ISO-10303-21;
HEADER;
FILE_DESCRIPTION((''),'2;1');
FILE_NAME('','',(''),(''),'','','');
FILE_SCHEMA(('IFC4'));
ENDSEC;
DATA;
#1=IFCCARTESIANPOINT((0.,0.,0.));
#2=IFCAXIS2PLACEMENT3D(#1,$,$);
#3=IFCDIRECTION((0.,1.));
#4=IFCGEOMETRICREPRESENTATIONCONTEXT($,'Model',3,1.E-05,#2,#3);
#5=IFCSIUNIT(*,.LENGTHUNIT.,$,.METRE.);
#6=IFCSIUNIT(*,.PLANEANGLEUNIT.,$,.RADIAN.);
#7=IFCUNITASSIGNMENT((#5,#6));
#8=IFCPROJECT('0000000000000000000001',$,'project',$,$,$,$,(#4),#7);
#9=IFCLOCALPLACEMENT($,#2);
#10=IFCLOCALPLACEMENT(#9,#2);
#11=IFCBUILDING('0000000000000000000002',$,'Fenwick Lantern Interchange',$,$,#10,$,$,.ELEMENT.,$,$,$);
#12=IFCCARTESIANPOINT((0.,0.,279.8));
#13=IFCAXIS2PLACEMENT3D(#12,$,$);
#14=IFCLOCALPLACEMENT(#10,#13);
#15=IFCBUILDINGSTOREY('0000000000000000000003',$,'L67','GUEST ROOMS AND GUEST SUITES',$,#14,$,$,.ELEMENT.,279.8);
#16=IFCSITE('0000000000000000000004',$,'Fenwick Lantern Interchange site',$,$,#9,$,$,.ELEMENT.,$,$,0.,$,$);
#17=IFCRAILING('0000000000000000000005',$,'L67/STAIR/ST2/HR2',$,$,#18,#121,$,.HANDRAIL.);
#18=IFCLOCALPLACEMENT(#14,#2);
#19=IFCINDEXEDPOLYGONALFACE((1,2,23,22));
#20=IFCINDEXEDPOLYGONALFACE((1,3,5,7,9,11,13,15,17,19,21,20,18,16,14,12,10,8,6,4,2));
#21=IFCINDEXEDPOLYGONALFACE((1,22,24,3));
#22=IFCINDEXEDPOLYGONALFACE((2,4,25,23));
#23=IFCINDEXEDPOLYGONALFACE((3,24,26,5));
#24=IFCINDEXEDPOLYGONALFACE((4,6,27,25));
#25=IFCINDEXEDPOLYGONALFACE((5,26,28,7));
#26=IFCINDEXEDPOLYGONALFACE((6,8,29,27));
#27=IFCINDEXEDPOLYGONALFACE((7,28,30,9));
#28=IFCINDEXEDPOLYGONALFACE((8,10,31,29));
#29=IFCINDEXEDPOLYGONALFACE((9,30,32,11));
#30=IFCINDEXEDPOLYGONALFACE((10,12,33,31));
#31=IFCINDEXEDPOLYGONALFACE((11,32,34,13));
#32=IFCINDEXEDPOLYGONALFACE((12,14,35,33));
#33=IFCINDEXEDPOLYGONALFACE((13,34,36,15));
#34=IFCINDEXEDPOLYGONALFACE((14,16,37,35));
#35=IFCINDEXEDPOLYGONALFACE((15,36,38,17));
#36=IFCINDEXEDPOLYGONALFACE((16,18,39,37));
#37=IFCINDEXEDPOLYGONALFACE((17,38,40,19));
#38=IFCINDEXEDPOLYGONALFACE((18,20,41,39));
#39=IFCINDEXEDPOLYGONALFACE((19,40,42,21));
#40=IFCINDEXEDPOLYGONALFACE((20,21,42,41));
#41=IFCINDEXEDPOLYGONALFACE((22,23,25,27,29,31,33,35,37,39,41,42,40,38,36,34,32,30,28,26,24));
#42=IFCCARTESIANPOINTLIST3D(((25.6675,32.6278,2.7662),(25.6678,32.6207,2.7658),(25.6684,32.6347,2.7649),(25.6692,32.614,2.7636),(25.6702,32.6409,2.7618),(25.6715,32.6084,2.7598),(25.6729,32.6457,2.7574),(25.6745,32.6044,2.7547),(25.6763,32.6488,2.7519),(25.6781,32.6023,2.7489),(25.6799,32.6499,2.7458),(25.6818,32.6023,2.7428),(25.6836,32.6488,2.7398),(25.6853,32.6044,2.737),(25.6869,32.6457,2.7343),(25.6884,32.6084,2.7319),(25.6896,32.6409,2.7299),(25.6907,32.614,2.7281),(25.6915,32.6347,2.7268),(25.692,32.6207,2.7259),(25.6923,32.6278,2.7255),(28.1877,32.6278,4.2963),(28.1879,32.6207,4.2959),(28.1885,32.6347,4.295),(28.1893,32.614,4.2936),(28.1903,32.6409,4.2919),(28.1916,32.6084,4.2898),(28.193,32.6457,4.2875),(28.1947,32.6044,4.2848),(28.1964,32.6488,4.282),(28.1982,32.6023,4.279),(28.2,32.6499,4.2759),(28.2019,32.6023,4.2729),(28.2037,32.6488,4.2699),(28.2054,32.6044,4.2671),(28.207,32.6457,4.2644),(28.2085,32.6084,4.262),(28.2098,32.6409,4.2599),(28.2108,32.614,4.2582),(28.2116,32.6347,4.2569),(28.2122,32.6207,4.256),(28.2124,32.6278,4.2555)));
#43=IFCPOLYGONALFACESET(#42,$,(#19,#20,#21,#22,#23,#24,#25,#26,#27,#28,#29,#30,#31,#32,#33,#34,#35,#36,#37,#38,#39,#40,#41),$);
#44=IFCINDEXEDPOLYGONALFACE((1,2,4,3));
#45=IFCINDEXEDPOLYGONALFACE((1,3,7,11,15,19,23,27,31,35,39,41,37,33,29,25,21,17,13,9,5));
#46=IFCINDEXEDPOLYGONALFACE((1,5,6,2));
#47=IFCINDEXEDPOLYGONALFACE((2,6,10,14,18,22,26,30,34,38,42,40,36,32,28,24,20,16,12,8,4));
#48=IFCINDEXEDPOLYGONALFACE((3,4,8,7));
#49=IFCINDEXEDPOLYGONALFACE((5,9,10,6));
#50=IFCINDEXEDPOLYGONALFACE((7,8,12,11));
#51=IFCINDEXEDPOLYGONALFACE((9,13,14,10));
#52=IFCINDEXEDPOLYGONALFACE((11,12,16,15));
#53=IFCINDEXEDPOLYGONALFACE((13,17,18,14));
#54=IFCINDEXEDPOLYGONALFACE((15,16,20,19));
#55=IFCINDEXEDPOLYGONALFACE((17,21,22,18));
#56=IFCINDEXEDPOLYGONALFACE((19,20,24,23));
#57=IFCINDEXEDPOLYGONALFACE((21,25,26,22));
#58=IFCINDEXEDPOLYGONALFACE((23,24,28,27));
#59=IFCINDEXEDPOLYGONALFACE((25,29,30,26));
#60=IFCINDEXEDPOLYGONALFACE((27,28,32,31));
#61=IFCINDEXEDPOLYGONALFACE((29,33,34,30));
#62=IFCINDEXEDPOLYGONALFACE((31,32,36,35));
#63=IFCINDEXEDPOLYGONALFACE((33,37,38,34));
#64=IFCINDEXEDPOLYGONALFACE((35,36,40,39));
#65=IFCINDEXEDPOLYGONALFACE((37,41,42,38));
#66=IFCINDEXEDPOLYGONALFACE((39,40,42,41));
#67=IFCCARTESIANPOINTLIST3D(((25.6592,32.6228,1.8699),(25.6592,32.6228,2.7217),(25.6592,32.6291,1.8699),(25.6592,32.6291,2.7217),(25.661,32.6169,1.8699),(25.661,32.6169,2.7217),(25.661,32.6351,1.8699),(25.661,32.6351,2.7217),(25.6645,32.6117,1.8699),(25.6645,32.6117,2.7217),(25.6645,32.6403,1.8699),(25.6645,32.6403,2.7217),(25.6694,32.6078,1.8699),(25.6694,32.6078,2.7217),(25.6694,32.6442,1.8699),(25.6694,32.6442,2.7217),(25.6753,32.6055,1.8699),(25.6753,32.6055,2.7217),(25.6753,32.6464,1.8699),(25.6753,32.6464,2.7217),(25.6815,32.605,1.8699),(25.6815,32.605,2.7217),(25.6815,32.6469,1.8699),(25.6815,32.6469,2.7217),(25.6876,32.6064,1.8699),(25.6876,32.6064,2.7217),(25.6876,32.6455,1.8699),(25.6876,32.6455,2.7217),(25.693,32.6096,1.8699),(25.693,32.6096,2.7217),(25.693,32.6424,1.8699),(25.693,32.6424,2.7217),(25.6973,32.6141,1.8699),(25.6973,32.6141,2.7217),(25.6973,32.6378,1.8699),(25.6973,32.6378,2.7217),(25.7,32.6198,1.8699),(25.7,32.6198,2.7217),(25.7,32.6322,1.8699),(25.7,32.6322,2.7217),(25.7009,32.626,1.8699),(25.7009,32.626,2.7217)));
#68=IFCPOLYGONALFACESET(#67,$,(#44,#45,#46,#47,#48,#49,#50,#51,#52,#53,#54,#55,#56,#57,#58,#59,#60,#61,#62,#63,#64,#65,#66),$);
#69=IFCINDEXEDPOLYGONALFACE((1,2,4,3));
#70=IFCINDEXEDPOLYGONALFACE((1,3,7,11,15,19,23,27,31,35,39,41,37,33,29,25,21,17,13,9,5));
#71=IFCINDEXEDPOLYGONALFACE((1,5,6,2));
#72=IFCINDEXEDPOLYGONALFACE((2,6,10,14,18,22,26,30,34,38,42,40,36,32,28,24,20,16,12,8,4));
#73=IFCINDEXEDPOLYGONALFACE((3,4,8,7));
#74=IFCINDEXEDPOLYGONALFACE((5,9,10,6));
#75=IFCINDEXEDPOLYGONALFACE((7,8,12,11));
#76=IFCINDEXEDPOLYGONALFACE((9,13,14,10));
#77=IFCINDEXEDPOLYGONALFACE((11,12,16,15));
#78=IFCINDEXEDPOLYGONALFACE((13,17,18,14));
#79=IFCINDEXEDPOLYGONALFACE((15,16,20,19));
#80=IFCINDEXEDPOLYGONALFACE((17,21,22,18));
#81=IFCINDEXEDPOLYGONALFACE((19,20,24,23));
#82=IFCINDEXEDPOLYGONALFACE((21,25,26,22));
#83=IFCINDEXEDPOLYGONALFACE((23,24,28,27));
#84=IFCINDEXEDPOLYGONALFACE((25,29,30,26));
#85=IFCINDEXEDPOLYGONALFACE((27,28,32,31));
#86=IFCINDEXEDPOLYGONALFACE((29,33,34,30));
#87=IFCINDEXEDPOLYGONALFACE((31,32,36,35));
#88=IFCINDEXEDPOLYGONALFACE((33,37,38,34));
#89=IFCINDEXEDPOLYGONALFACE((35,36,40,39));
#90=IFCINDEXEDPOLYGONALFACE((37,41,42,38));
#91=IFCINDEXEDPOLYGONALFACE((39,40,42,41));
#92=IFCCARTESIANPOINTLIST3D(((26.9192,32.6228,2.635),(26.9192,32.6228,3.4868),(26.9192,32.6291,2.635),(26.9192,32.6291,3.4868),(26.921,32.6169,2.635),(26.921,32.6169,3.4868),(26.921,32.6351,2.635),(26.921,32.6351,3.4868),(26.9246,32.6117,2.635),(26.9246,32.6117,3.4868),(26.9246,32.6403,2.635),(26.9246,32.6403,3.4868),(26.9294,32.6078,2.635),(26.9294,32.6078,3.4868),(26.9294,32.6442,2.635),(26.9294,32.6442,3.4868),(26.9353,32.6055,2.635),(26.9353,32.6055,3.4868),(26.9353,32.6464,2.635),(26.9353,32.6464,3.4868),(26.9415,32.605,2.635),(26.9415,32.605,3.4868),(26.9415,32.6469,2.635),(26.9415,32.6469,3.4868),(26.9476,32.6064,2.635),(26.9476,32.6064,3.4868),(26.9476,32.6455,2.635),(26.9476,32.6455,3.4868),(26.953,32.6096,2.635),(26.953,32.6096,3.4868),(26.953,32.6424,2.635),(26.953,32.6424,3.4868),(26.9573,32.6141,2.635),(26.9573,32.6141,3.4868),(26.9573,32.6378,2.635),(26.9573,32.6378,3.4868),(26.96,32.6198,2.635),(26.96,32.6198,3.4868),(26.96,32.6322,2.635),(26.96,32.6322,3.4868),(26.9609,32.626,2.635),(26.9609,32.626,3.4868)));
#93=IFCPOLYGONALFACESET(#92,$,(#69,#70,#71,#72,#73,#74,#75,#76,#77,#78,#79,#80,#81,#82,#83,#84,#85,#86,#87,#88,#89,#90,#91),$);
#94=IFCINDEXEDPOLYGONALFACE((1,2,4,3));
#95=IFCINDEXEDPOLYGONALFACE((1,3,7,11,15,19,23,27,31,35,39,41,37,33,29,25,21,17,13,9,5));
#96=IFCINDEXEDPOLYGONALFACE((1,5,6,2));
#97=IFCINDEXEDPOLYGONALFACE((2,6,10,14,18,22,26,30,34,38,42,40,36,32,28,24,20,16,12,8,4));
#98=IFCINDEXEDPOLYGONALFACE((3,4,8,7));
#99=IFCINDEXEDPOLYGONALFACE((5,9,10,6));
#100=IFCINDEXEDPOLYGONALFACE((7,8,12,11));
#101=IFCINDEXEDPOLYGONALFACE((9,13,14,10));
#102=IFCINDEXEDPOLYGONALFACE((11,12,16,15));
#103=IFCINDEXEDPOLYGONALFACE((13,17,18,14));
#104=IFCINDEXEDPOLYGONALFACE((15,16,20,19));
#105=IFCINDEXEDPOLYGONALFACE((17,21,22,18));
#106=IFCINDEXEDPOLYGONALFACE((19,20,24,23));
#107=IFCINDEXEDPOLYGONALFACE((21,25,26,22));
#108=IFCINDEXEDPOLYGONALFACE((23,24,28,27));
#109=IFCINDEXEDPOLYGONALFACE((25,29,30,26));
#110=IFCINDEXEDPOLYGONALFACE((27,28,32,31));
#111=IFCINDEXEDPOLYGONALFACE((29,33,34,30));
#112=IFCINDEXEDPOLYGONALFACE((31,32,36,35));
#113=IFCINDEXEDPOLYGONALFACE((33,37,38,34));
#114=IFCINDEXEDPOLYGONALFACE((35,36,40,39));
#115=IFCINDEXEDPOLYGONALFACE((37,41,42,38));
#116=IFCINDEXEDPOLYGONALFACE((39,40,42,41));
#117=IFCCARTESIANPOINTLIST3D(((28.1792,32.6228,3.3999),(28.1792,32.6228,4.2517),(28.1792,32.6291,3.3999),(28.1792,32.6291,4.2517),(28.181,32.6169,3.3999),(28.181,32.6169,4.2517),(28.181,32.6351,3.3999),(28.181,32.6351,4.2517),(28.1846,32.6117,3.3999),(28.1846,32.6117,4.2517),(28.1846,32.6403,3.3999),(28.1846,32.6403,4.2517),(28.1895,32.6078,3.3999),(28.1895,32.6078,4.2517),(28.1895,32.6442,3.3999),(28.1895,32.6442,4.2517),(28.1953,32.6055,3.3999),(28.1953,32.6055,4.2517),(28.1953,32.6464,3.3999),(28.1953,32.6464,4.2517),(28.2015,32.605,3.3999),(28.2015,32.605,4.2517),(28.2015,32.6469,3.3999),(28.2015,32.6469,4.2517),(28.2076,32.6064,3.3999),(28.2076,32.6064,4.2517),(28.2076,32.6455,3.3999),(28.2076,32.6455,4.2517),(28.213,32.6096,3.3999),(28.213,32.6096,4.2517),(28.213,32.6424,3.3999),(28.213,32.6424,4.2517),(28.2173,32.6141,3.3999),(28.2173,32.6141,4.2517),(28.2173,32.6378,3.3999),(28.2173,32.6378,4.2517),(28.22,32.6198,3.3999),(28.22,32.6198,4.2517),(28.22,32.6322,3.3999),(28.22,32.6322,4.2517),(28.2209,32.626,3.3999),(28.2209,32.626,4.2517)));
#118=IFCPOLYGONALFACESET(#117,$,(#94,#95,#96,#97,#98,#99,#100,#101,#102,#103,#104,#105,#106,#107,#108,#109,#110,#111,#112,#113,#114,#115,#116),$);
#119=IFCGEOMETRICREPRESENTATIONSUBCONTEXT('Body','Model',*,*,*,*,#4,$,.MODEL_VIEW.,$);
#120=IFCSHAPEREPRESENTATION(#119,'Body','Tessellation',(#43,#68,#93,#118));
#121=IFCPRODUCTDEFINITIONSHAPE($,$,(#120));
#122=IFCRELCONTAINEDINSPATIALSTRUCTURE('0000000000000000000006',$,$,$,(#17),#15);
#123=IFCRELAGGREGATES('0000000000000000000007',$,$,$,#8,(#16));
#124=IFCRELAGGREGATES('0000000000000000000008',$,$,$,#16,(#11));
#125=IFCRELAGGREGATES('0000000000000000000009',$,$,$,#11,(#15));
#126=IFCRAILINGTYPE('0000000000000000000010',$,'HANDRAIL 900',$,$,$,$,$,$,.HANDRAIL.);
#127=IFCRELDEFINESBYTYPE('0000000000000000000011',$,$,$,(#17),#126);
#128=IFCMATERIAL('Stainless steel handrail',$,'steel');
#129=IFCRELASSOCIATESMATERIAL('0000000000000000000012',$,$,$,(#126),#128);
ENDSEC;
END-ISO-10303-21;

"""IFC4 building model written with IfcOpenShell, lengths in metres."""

from ifc_helpers import new_model, si_unit, direction, frame, origin, origin_2d, place, context, subcontext, project, spatial, circle, extrude, material, type_object, element, save


model = new_model("IFC4")

# Units and contexts
model_context = context("Model", 3, precision=1e-05, world=origin(), true_north=direction((0.0, 1.0)))
body_context = subcontext(model_context, "Body", "Model", "MODEL_VIEW")
ifc_project = project(units=[si_unit("LENGTHUNIT", "METRE"), si_unit("PLANEANGLEUNIT", "RADIAN")], contexts=[model_context])

# Site, building, storey
site_placement = place(None, origin())
site = spatial("IfcSite", under=ifc_project, at=site_placement, Name="Fenwick Lantern Interchange site", CompositionType="ELEMENT", RefElevation=0.0)
building_placement = place(site_placement, origin())
building = spatial("IfcBuilding", under=site, at=building_placement, Name="Fenwick Lantern Interchange", CompositionType="ELEMENT")
storey_placement = place(building_placement, frame((0.0, 0.0, 279.8)))
storey = spatial("IfcBuildingStorey", under=building, at=storey_placement, Name="L67", Description="GUEST ROOMS AND GUEST SUITES", CompositionType="ELEMENT", Elevation=279.8)

# Railing
ifc_material_1 = material(Name="Stainless steel handrail", Category="steel")
railing_type = type_object("IfcRailingType", Name="HANDRAIL 900", PredefinedType="HANDRAIL", material=ifc_material_1)
railing_placement = place(storey_placement, frame((25.6799, 32.626, 1.8699)))
element("IfcRailing", 1, at=railing_placement, inside=storey, type_object=railing_type, Name="L67/STAIR/ST2/HR2", PredefinedType="HANDRAIL", context=body_context, shape_type="SweptSolid", body=[
    extrude(circle(Radius=0.0239, at=origin_2d()), frame((0.0, 0.0, 0.876), z_axis=(0.854785, 0.0, 0.518982), x_axis=(0.0, 1.0, 0.0)), (0.0, 0.0, 1.0), 2.9482),
    extrude(circle(Radius=0.021, at=origin_2d()), origin(), (0.0, 0.0, 1.0), 0.8518),
    extrude(circle(Radius=0.021, at=origin_2d()), frame((1.26, 0.0, 0.7651)), (0.0, 0.0, 1.0), 0.8518),
    extrude(circle(Radius=0.021, at=origin_2d()), frame((2.52, 0.0, 1.53)), (0.0, 0.0, 1.0), 0.8518),
])

save(model, "model.ifc")
